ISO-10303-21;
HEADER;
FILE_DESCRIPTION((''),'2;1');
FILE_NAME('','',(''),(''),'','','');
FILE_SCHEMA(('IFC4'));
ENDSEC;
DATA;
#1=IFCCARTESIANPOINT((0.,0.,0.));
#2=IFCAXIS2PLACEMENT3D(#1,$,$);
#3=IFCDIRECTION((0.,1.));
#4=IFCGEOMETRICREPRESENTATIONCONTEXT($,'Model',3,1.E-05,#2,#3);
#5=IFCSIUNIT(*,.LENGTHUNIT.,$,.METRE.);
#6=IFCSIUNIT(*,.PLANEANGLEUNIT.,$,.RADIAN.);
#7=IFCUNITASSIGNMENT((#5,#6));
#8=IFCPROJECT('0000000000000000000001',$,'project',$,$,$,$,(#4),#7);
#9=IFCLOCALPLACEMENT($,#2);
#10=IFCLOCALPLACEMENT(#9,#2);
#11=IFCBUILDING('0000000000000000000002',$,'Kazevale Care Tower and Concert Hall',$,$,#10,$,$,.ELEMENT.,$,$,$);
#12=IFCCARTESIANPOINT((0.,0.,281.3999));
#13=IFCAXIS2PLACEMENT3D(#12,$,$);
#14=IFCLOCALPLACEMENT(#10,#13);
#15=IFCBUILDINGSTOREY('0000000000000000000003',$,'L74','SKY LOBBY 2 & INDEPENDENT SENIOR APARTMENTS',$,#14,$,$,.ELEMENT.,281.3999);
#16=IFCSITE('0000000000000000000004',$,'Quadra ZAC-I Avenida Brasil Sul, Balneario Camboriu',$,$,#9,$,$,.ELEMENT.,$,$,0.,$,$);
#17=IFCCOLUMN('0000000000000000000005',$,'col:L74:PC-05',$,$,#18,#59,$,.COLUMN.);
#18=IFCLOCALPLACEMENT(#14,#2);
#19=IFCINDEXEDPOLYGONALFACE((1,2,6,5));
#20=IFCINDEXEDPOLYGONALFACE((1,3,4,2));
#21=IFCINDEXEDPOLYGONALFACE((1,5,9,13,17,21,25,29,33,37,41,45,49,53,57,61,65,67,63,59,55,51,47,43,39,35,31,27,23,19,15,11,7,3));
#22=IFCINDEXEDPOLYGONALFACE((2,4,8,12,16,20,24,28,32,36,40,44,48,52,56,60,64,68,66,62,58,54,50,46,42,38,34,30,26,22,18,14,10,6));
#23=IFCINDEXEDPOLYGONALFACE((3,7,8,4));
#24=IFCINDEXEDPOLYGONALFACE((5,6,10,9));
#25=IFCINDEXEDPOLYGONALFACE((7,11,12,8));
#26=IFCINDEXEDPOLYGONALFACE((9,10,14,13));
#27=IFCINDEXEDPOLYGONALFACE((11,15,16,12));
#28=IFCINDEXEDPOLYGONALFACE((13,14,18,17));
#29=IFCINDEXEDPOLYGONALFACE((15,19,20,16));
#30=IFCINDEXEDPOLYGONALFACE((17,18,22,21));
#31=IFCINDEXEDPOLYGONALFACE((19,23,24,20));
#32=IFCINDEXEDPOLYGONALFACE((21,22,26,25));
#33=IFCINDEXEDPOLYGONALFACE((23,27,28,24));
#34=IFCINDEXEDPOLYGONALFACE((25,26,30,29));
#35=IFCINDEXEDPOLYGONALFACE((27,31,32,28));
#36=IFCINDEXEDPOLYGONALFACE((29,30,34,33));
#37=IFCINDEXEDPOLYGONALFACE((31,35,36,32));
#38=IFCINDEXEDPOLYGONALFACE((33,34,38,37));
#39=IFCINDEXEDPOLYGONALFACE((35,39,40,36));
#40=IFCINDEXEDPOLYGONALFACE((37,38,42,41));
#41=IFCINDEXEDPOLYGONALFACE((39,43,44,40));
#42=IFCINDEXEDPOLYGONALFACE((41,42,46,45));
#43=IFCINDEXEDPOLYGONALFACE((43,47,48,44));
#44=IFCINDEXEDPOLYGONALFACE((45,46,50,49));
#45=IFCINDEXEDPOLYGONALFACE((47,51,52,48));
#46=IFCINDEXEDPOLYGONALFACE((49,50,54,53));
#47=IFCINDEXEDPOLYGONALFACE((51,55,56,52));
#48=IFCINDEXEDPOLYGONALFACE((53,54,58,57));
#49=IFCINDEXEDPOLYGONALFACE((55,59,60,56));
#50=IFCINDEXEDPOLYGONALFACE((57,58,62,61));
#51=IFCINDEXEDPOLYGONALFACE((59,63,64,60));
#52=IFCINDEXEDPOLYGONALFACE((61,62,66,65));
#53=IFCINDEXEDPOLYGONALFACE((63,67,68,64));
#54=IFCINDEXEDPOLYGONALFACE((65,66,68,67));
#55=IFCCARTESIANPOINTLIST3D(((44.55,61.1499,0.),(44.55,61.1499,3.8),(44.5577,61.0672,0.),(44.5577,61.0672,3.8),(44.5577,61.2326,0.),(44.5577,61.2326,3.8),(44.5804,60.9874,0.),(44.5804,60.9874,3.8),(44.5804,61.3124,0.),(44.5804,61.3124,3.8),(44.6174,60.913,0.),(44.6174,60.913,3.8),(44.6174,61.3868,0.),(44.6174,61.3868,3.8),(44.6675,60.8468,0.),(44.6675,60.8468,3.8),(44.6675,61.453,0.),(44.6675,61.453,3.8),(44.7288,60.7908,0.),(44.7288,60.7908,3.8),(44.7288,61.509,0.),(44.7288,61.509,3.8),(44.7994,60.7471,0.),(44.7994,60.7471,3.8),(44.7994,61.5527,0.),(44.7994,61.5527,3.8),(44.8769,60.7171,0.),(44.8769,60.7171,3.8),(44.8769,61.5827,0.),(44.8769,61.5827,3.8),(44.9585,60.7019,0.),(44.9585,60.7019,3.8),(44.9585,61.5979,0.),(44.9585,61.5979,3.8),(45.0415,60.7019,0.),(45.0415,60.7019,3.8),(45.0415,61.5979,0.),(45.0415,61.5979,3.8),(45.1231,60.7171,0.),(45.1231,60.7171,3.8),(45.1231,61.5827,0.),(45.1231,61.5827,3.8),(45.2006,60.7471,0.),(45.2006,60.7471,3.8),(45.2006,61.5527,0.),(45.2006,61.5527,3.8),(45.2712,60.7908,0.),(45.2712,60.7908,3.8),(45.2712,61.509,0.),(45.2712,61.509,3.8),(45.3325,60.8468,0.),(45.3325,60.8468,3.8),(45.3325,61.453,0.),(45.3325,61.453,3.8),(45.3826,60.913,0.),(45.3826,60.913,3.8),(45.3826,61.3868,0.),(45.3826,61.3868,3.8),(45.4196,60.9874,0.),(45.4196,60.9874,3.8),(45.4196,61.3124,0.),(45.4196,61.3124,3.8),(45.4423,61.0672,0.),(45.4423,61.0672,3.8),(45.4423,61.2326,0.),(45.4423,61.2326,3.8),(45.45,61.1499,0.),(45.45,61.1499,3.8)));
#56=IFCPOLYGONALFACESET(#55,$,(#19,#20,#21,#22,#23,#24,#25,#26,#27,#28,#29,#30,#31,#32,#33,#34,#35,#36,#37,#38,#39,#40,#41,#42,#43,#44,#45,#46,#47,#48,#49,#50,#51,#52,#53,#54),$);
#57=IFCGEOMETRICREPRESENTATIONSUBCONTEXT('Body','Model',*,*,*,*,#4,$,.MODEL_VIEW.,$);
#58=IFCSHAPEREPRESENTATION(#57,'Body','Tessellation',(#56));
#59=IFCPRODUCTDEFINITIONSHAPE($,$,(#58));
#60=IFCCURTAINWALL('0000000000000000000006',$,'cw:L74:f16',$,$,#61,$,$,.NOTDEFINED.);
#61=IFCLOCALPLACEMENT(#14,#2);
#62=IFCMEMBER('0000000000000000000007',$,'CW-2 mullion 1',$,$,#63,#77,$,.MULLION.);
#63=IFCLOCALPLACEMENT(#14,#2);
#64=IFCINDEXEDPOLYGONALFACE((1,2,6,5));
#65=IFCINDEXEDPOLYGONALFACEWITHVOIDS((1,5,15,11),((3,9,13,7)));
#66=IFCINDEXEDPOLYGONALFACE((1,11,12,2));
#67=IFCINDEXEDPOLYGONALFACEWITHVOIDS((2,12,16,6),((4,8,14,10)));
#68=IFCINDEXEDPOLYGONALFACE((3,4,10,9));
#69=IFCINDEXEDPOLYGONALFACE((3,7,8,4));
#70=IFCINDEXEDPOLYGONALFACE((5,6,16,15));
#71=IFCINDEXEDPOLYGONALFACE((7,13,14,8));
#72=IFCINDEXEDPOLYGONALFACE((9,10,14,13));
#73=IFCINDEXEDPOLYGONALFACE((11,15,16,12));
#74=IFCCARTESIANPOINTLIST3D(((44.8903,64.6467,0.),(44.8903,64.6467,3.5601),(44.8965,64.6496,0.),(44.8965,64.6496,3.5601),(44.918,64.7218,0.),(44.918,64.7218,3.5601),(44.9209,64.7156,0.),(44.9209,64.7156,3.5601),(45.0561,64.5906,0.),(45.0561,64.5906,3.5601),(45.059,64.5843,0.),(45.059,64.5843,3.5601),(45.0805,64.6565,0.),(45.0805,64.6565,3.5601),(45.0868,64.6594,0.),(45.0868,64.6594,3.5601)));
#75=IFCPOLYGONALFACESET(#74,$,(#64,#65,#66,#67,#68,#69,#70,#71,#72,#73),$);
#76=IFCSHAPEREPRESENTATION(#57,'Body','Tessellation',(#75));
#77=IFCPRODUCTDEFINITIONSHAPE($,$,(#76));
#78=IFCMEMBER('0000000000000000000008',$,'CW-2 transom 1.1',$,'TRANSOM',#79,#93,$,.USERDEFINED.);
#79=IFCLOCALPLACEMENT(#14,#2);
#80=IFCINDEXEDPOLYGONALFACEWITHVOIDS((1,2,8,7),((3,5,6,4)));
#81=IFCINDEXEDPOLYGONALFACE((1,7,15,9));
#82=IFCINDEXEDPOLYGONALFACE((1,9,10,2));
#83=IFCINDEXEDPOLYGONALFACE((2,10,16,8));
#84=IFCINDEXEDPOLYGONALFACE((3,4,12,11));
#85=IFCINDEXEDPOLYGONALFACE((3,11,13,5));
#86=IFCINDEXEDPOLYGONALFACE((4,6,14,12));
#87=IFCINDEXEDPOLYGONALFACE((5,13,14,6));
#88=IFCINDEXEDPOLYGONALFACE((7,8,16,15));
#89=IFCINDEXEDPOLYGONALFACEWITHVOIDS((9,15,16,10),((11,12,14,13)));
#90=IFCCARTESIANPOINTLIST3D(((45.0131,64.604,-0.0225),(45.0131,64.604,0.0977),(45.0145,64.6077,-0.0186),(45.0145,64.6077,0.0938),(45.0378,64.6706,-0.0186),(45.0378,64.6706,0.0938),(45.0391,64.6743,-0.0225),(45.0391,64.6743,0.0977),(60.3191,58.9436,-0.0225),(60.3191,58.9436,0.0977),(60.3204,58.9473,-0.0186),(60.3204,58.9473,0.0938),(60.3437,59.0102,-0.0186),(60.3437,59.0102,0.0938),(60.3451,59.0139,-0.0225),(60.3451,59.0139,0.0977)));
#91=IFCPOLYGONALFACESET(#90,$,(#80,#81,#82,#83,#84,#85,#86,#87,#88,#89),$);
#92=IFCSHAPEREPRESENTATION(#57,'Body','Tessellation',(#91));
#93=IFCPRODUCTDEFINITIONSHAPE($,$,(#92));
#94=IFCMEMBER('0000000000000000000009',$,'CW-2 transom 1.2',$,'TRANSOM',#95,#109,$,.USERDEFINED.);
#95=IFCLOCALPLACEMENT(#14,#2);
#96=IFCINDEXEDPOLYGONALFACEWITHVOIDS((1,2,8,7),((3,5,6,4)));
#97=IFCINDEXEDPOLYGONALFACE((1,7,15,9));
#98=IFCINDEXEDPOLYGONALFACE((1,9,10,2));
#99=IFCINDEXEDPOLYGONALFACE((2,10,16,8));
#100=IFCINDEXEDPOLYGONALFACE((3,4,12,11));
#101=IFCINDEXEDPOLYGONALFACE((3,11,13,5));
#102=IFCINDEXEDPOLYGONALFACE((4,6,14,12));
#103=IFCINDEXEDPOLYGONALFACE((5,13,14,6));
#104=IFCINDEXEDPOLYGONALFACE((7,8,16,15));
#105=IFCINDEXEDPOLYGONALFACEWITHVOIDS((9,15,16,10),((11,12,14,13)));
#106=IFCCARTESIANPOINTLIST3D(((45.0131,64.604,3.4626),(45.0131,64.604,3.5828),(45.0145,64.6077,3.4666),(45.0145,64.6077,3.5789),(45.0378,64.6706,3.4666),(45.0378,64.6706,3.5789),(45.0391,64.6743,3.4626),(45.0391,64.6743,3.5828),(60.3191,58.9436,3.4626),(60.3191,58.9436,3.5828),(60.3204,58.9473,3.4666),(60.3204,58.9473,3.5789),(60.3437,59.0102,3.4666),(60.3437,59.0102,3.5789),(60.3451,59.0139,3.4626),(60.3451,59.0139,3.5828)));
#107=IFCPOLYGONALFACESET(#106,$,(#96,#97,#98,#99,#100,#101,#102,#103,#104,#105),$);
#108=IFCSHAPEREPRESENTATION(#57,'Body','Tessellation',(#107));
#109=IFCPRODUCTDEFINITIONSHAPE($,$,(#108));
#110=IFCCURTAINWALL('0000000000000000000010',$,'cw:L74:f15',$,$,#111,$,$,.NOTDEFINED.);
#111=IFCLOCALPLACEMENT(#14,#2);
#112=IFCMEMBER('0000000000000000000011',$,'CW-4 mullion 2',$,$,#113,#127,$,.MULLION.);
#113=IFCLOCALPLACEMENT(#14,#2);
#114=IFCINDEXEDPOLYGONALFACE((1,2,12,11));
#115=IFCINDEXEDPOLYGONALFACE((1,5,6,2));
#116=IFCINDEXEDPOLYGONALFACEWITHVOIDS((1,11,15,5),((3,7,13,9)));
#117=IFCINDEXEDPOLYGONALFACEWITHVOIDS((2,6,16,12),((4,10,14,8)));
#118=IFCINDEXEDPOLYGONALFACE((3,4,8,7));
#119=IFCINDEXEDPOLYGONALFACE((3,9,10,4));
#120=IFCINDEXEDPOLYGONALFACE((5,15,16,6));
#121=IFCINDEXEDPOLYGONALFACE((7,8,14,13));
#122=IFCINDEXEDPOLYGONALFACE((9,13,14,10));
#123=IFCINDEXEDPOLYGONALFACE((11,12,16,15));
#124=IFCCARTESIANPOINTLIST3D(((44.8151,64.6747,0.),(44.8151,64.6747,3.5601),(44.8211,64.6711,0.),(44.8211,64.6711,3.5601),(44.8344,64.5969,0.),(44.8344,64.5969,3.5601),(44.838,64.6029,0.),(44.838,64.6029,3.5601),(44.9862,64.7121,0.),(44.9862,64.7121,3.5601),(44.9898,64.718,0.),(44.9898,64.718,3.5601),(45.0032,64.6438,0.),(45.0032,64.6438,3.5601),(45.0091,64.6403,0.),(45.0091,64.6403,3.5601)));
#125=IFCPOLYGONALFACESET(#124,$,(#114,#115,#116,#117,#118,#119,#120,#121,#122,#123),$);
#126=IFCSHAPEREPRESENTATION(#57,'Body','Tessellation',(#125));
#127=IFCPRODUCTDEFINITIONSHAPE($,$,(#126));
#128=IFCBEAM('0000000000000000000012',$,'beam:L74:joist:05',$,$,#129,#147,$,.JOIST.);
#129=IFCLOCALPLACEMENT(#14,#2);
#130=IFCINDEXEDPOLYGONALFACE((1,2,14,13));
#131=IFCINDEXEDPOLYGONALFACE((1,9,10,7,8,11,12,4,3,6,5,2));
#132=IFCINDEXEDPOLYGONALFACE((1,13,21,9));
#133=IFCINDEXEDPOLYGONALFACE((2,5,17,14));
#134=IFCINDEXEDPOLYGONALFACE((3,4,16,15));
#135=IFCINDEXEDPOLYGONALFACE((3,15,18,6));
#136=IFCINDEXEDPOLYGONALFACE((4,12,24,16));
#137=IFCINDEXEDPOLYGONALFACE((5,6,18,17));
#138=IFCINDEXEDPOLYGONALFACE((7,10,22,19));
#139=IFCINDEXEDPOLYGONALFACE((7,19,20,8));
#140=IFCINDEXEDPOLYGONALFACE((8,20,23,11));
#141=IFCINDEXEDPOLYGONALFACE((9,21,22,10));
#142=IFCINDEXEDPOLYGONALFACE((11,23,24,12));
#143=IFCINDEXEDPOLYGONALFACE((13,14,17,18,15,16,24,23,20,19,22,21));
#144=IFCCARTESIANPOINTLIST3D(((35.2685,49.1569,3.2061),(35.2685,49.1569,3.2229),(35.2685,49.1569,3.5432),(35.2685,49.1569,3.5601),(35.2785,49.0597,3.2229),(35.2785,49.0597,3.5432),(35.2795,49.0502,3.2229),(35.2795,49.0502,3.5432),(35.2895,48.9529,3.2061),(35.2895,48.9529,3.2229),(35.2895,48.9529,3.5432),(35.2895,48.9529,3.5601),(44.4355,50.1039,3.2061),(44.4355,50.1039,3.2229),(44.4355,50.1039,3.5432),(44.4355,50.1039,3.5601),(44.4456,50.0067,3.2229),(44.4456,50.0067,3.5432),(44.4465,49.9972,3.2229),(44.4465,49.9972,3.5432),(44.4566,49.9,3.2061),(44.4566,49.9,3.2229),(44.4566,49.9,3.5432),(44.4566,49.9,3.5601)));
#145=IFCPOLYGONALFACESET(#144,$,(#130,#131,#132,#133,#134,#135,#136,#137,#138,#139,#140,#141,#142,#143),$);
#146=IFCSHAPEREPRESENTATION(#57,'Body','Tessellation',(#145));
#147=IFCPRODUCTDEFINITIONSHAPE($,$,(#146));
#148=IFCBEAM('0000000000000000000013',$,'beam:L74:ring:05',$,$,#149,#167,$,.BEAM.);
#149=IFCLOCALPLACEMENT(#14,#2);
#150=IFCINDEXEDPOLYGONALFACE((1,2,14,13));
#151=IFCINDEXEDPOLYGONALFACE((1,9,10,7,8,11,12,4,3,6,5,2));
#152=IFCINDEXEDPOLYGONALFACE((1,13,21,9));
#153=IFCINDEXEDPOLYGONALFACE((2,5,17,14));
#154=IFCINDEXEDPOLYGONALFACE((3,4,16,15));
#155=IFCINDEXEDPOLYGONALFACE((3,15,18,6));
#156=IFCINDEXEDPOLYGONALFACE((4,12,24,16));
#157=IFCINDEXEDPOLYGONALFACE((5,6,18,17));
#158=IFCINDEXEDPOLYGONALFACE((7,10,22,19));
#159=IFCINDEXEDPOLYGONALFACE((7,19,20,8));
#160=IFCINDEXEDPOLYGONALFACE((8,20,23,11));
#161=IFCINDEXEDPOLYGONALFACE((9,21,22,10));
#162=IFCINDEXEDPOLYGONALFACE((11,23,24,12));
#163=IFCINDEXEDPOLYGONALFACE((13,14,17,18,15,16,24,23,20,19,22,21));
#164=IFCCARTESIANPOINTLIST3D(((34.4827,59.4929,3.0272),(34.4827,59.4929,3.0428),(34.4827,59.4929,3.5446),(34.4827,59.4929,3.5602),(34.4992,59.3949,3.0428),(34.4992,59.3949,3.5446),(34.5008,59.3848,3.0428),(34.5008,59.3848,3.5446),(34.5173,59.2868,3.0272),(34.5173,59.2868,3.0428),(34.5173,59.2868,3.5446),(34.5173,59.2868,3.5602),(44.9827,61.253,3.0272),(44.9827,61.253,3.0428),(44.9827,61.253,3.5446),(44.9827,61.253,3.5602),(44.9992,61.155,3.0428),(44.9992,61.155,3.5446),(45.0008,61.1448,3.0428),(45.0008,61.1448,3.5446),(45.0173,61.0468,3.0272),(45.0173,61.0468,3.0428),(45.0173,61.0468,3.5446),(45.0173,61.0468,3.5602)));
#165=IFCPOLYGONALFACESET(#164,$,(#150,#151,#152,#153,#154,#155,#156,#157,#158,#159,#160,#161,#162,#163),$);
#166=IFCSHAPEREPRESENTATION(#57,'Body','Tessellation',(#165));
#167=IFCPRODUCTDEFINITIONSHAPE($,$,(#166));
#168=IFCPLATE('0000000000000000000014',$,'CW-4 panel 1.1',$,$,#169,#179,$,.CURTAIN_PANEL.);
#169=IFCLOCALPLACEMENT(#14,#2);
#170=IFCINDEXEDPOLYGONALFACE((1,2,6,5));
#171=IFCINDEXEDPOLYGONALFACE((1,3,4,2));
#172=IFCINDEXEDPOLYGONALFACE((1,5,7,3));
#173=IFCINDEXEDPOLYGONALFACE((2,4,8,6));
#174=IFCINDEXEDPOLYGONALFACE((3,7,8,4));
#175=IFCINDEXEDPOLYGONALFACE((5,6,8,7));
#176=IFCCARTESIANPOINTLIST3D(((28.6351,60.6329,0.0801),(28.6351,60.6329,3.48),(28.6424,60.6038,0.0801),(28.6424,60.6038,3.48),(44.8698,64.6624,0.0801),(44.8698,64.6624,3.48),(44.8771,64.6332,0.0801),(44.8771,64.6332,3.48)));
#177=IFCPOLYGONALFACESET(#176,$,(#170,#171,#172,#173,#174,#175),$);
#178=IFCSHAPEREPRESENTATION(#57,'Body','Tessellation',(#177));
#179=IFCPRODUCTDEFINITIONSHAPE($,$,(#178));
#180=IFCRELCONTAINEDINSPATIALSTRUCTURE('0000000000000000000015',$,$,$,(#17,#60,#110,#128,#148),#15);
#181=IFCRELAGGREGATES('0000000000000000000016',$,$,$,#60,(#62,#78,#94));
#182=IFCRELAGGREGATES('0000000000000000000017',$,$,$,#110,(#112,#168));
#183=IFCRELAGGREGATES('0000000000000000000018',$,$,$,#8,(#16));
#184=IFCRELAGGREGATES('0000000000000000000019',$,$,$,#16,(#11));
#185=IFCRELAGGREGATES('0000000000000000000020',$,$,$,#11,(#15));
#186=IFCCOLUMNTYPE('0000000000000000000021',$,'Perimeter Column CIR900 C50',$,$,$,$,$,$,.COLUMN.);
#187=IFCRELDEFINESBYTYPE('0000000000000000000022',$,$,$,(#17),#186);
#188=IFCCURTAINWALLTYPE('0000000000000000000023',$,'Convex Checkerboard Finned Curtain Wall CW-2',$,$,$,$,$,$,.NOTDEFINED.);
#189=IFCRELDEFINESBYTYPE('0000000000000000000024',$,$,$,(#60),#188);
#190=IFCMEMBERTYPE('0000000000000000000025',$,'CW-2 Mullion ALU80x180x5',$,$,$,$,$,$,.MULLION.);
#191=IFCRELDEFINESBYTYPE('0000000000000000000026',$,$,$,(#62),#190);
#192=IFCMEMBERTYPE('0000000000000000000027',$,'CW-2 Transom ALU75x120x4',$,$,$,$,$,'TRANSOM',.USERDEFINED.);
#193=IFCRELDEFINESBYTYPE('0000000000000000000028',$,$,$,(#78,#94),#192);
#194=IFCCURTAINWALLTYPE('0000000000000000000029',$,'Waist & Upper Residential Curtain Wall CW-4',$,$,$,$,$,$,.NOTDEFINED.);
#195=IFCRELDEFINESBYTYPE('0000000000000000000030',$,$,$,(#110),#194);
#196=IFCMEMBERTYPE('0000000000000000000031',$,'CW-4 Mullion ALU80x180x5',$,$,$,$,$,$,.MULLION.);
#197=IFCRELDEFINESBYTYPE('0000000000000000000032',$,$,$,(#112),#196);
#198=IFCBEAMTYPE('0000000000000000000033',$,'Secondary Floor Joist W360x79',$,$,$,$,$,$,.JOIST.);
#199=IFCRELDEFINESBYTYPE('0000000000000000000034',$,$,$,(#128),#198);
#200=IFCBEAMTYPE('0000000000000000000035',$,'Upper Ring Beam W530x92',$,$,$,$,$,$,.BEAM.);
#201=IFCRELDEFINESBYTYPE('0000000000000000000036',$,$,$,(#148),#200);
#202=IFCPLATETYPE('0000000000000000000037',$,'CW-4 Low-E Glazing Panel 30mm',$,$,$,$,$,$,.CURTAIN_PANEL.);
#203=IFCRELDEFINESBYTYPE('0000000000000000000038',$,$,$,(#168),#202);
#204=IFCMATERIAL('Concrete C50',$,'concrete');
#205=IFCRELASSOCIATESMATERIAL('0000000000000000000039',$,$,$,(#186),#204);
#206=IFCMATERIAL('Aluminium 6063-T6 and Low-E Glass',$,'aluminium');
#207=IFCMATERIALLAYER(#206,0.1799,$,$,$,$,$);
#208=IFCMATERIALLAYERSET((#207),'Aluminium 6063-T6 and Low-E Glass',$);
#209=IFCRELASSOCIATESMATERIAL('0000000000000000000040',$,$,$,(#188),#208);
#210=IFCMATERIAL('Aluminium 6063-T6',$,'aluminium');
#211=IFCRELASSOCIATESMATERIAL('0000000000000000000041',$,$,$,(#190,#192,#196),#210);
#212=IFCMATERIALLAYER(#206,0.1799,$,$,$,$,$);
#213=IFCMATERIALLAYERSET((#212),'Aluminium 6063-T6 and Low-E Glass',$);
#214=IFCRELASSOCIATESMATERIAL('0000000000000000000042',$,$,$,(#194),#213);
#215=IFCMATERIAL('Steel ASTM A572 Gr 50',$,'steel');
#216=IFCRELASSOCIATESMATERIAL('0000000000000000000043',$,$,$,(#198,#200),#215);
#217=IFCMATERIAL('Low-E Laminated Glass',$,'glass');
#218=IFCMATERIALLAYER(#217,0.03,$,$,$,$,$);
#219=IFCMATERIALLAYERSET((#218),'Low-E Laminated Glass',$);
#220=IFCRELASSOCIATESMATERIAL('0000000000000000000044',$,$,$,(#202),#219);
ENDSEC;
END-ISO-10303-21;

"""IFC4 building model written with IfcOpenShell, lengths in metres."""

from ifc_helpers import new_model, si_unit, direction, frame, origin, origin_2d, place, context, subcontext, project, spatial, rectangle, hollow_rectangle, circle, i_section, extrude, material, layer, layer_set, material_profile, profile_set, type_object, element, aggregate, save


model = new_model("IFC4")

# Units and contexts
model_context = context("Model", 3, precision=1e-05, world=origin(), true_north=direction((0.0, 1.0)))
body_context = subcontext(model_context, "Body", "Model", "MODEL_VIEW")
ifc_project = project(units=[si_unit("LENGTHUNIT", "METRE"), si_unit("PLANEANGLEUNIT", "RADIAN")], contexts=[model_context])

# Site, building, storey
site_placement = place(None, origin())
site = spatial("IfcSite", under=ifc_project, at=site_placement, Name="Quadra ZAC-I Avenida Brasil Sul, Balneario Camboriu", CompositionType="ELEMENT", RefElevation=0.0)
building_placement = place(site_placement, origin())
building = spatial("IfcBuilding", under=site, at=building_placement, Name="Kazevale Care Tower and Concert Hall", CompositionType="ELEMENT")
storey_placement = place(building_placement, frame((0.0, 0.0, 281.3999)))
storey = spatial("IfcBuildingStorey", under=building, at=storey_placement, Name="L74", Description="SKY LOBBY 2 & INDEPENDENT SENIOR APARTMENTS", CompositionType="ELEMENT", Elevation=281.3999)

# Column
ifc_material_1 = material(Name="Concrete C50", Category="concrete")
ifc_material_profile_1 = material_profile(ifc_material_1, circle(Radius=0.45, at=origin_2d()), Name="RC-CIR900")
ifc_profile_set_1 = profile_set([ifc_material_profile_1], Name="Concrete C50")
column_type = type_object("IfcColumnType", Name="Perimeter Column CIR900 C50", PredefinedType="COLUMN", material=ifc_profile_set_1)
column_placement = place(storey_placement, frame((45.0, 61.1499, 0.0), z_axis=(0.0, 0.0, 1.0), x_axis=(1.0, 0.0, 0.0)))
element("IfcColumn", 1, at=column_placement, inside=storey, type_object=column_type, Name="col:L74:PC-05", PredefinedType="COLUMN", context=body_context, shape_type="SweptSolid", body=[
    extrude(circle(Radius=0.45, at=origin_2d()), origin(), (0.0, 0.0, 1.0), 3.8),
])

# Curtain wall, members
ifc_material_2 = material(Name="Aluminium 6063-T6 and Low-E Glass", Category="aluminium")
ifc_layer_1 = layer(ifc_material_2, 0.1799)
ifc_layer_set_1 = layer_set([ifc_layer_1], Name="Aluminium 6063-T6 and Low-E Glass")
curtain_wall_type_1 = type_object("IfcCurtainWallType", Name="Convex Checkerboard Finned Curtain Wall CW-2", PredefinedType="NOTDEFINED", material=ifc_layer_set_1)
curtain_wall_1_placement = place(storey_placement, origin())
curtain_wall_1 = element("IfcCurtainWall", 2, at=curtain_wall_1_placement, inside=storey, type_object=curtain_wall_type_1, Name="cw:L74:f16", PredefinedType="NOTDEFINED")
ifc_material_3 = material(Name="Aluminium 6063-T6", Category="aluminium")
ifc_material_profile_2 = material_profile(ifc_material_3, hollow_rectangle(XDim=0.0801, YDim=0.1799, WallThickness=0.0049, at=origin_2d()), Name="ALU80x180x5")
ifc_profile_set_2 = profile_set([ifc_material_profile_2], Name="Aluminium 6063-T6")
member_type_1 = type_object("IfcMemberType", Name="CW-2 Mullion ALU80x180x5", PredefinedType="MULLION", material=ifc_profile_set_2)
member_1_placement = place(storey_placement, frame((44.9885, 64.6531, 0.0), z_axis=(0.0, 0.0, 1.0), x_axis=(0.346864, 0.937916, 0.0)))
member_1 = element("IfcMember", 3, at=member_1_placement, type_object=member_type_1, Name="CW-2 mullion 1", PredefinedType="MULLION", context=body_context, shape_type="SweptSolid", body=[
    extrude(hollow_rectangle(XDim=0.0801, YDim=0.1799, WallThickness=0.0049, at=origin_2d()), origin(), (0.0, 0.0, 1.0), 3.5601),
])
ifc_material_profile_3 = material_profile(ifc_material_3, hollow_rectangle(XDim=0.075, YDim=0.1201, WallThickness=0.0039, at=origin_2d()), Name="ALU75x120x4")
ifc_profile_set_3 = profile_set([ifc_material_profile_3], Name="Aluminium 6063-T6")
member_type_2 = type_object("IfcMemberType", Name="CW-2 Transom ALU75x120x4", ElementType="TRANSOM", PredefinedType="USERDEFINED", material=ifc_profile_set_3)
member_2_placement = place(storey_placement, frame((45.0261, 64.6392, 0.0376), z_axis=(0.937917, -0.346859, 0.0), x_axis=(0.346859, 0.937917, 0.0)))
member_2 = element("IfcMember", 4, at=member_2_placement, type_object=member_type_2, Name="CW-2 transom 1.1", ObjectType="TRANSOM", PredefinedType="USERDEFINED", context=body_context, shape_type="SweptSolid", body=[
    extrude(hollow_rectangle(XDim=0.075, YDim=0.1201, WallThickness=0.0039, at=origin_2d()), origin(), (0.0, 0.0, 1.0), 16.3191),
])
member_3_placement = place(storey_placement, frame((45.0261, 64.6392, 3.5227), z_axis=(0.937917, -0.346859, 0.0), x_axis=(0.346859, 0.937917, 0.0)))
member_3 = element("IfcMember", 5, at=member_3_placement, type_object=member_type_2, Name="CW-2 transom 1.2", ObjectType="TRANSOM", PredefinedType="USERDEFINED", context=body_context, shape_type="SweptSolid", body=[
    extrude(hollow_rectangle(XDim=0.075, YDim=0.1201, WallThickness=0.0039, at=origin_2d()), origin(), (0.0, 0.0, 1.0), 16.3191),
])
aggregate(curtain_wall_1, [member_1, member_2, member_3])

# Curtain wall, member
ifc_layer_2 = layer(ifc_material_2, 0.1799)
ifc_layer_set_2 = layer_set([ifc_layer_2], Name="Aluminium 6063-T6 and Low-E Glass")
curtain_wall_type_2 = type_object("IfcCurtainWallType", Name="Waist & Upper Residential Curtain Wall CW-4", PredefinedType="NOTDEFINED", material=ifc_layer_set_2)
curtain_wall_2_placement = place(storey_placement, origin())
curtain_wall_2 = element("IfcCurtainWall", 6, at=curtain_wall_2_placement, inside=storey, type_object=curtain_wall_type_2, Name="cw:L74:f15", PredefinedType="NOTDEFINED")
ifc_material_profile_4 = material_profile(ifc_material_3, hollow_rectangle(XDim=0.0801, YDim=0.1799, WallThickness=0.0049, at=origin_2d()), Name="ALU80x180x5")
ifc_profile_set_4 = profile_set([ifc_material_profile_4], Name="Aluminium 6063-T6")
member_type_3 = type_object("IfcMemberType", Name="CW-4 Mullion ALU80x180x5", PredefinedType="MULLION", material=ifc_profile_set_4)
member_4_placement = place(storey_placement, frame((44.9121, 64.6575, 0.0), z_axis=(0.0, 0.0, 1.0), x_axis=(-0.240891, 0.970552, 0.0)))
member_4 = element("IfcMember", 7, at=member_4_placement, type_object=member_type_3, Name="CW-4 mullion 2", PredefinedType="MULLION", context=body_context, shape_type="SweptSolid", body=[
    extrude(hollow_rectangle(XDim=0.0801, YDim=0.1799, WallThickness=0.0049, at=origin_2d()), origin(), (0.0, 0.0, 1.0), 3.5601),
])

# Beams
ifc_material_4 = material(Name="Steel ASTM A572 Gr 50", Category="steel")
ifc_material_profile_5 = material_profile(ifc_material_4, i_section(OverallWidth=0.2051, OverallDepth=0.354, WebThickness=0.0095, FlangeThickness=0.0168, at=origin_2d()), Name="W360x79")
ifc_profile_set_5 = profile_set([ifc_material_profile_5], Name="Steel ASTM A572 Gr 50")
beam_type_1 = type_object("IfcBeamType", Name="Secondary Floor Joist W360x79", PredefinedType="JOIST", material=ifc_profile_set_5)
beam_1_placement = place(storey_placement, frame((44.446, 50.002, 3.3831), z_axis=(-0.994706, -0.102761, 0.0), x_axis=(0.102761, -0.994706, 0.0)))
element("IfcBeam", 8, at=beam_1_placement, inside=storey, type_object=beam_type_1, Name="beam:L74:joist:05", PredefinedType="JOIST", context=body_context, shape_type="SweptSolid", body=[
    extrude(i_section(OverallWidth=0.2051, OverallDepth=0.354, WebThickness=0.0095, FlangeThickness=0.0168, at=origin_2d()), origin(), (0.0, 0.0, 1.0), 9.2158),
])
ifc_material_profile_6 = material_profile(ifc_material_4, i_section(OverallWidth=0.209, OverallDepth=0.533, WebThickness=0.0103, FlangeThickness=0.0156, at=origin_2d()), Name="W530x92")
ifc_profile_set_6 = profile_set([ifc_material_profile_6], Name="Steel ASTM A572 Gr 50")
beam_type_2 = type_object("IfcBeamType", Name="Upper Ring Beam W530x92", PredefinedType="BEAM", material=ifc_profile_set_6)
beam_2_placement = place(storey_placement, frame((45.0, 61.1499, 3.2937), z_axis=(-0.986241, -0.165314, 0.0), x_axis=(0.165314, -0.986241, 0.0)))
element("IfcBeam", 9, at=beam_2_placement, inside=storey, type_object=beam_type_2, Name="beam:L74:ring:05", PredefinedType="BEAM", context=body_context, shape_type="SweptSolid", body=[
    extrude(i_section(OverallWidth=0.209, OverallDepth=0.533, WebThickness=0.0103, FlangeThickness=0.0156, at=origin_2d()), origin(), (0.0, 0.0, 1.0), 10.6465),
])

# Plate
ifc_material_5 = material(Name="Low-E Laminated Glass", Category="glass")
ifc_layer_3 = layer(ifc_material_5, 0.03)
ifc_layer_set_3 = layer_set([ifc_layer_3], Name="Low-E Laminated Glass")
plate_type = type_object("IfcPlateType", Name="CW-4 Low-E Glazing Panel 30mm", PredefinedType="CURTAIN_PANEL", material=ifc_layer_set_3)
plate_placement = place(storey_placement, frame((36.7561, 62.6331, 0.0801), z_axis=(0.0, 0.0, 1.0), x_axis=(0.970552, 0.240891, 0.0)))
plate = element("IfcPlate", 10, at=plate_placement, type_object=plate_type, Name="CW-4 panel 1.1", PredefinedType="CURTAIN_PANEL", context=body_context, shape_type="SweptSolid", body=[
    extrude(rectangle(XDim=16.7273, YDim=0.03, at=origin_2d()), origin(), (0.0, 0.0, 1.0), 3.3999),
])
aggregate(curtain_wall_2, [member_4, plate])

save(model, "model.ifc")
